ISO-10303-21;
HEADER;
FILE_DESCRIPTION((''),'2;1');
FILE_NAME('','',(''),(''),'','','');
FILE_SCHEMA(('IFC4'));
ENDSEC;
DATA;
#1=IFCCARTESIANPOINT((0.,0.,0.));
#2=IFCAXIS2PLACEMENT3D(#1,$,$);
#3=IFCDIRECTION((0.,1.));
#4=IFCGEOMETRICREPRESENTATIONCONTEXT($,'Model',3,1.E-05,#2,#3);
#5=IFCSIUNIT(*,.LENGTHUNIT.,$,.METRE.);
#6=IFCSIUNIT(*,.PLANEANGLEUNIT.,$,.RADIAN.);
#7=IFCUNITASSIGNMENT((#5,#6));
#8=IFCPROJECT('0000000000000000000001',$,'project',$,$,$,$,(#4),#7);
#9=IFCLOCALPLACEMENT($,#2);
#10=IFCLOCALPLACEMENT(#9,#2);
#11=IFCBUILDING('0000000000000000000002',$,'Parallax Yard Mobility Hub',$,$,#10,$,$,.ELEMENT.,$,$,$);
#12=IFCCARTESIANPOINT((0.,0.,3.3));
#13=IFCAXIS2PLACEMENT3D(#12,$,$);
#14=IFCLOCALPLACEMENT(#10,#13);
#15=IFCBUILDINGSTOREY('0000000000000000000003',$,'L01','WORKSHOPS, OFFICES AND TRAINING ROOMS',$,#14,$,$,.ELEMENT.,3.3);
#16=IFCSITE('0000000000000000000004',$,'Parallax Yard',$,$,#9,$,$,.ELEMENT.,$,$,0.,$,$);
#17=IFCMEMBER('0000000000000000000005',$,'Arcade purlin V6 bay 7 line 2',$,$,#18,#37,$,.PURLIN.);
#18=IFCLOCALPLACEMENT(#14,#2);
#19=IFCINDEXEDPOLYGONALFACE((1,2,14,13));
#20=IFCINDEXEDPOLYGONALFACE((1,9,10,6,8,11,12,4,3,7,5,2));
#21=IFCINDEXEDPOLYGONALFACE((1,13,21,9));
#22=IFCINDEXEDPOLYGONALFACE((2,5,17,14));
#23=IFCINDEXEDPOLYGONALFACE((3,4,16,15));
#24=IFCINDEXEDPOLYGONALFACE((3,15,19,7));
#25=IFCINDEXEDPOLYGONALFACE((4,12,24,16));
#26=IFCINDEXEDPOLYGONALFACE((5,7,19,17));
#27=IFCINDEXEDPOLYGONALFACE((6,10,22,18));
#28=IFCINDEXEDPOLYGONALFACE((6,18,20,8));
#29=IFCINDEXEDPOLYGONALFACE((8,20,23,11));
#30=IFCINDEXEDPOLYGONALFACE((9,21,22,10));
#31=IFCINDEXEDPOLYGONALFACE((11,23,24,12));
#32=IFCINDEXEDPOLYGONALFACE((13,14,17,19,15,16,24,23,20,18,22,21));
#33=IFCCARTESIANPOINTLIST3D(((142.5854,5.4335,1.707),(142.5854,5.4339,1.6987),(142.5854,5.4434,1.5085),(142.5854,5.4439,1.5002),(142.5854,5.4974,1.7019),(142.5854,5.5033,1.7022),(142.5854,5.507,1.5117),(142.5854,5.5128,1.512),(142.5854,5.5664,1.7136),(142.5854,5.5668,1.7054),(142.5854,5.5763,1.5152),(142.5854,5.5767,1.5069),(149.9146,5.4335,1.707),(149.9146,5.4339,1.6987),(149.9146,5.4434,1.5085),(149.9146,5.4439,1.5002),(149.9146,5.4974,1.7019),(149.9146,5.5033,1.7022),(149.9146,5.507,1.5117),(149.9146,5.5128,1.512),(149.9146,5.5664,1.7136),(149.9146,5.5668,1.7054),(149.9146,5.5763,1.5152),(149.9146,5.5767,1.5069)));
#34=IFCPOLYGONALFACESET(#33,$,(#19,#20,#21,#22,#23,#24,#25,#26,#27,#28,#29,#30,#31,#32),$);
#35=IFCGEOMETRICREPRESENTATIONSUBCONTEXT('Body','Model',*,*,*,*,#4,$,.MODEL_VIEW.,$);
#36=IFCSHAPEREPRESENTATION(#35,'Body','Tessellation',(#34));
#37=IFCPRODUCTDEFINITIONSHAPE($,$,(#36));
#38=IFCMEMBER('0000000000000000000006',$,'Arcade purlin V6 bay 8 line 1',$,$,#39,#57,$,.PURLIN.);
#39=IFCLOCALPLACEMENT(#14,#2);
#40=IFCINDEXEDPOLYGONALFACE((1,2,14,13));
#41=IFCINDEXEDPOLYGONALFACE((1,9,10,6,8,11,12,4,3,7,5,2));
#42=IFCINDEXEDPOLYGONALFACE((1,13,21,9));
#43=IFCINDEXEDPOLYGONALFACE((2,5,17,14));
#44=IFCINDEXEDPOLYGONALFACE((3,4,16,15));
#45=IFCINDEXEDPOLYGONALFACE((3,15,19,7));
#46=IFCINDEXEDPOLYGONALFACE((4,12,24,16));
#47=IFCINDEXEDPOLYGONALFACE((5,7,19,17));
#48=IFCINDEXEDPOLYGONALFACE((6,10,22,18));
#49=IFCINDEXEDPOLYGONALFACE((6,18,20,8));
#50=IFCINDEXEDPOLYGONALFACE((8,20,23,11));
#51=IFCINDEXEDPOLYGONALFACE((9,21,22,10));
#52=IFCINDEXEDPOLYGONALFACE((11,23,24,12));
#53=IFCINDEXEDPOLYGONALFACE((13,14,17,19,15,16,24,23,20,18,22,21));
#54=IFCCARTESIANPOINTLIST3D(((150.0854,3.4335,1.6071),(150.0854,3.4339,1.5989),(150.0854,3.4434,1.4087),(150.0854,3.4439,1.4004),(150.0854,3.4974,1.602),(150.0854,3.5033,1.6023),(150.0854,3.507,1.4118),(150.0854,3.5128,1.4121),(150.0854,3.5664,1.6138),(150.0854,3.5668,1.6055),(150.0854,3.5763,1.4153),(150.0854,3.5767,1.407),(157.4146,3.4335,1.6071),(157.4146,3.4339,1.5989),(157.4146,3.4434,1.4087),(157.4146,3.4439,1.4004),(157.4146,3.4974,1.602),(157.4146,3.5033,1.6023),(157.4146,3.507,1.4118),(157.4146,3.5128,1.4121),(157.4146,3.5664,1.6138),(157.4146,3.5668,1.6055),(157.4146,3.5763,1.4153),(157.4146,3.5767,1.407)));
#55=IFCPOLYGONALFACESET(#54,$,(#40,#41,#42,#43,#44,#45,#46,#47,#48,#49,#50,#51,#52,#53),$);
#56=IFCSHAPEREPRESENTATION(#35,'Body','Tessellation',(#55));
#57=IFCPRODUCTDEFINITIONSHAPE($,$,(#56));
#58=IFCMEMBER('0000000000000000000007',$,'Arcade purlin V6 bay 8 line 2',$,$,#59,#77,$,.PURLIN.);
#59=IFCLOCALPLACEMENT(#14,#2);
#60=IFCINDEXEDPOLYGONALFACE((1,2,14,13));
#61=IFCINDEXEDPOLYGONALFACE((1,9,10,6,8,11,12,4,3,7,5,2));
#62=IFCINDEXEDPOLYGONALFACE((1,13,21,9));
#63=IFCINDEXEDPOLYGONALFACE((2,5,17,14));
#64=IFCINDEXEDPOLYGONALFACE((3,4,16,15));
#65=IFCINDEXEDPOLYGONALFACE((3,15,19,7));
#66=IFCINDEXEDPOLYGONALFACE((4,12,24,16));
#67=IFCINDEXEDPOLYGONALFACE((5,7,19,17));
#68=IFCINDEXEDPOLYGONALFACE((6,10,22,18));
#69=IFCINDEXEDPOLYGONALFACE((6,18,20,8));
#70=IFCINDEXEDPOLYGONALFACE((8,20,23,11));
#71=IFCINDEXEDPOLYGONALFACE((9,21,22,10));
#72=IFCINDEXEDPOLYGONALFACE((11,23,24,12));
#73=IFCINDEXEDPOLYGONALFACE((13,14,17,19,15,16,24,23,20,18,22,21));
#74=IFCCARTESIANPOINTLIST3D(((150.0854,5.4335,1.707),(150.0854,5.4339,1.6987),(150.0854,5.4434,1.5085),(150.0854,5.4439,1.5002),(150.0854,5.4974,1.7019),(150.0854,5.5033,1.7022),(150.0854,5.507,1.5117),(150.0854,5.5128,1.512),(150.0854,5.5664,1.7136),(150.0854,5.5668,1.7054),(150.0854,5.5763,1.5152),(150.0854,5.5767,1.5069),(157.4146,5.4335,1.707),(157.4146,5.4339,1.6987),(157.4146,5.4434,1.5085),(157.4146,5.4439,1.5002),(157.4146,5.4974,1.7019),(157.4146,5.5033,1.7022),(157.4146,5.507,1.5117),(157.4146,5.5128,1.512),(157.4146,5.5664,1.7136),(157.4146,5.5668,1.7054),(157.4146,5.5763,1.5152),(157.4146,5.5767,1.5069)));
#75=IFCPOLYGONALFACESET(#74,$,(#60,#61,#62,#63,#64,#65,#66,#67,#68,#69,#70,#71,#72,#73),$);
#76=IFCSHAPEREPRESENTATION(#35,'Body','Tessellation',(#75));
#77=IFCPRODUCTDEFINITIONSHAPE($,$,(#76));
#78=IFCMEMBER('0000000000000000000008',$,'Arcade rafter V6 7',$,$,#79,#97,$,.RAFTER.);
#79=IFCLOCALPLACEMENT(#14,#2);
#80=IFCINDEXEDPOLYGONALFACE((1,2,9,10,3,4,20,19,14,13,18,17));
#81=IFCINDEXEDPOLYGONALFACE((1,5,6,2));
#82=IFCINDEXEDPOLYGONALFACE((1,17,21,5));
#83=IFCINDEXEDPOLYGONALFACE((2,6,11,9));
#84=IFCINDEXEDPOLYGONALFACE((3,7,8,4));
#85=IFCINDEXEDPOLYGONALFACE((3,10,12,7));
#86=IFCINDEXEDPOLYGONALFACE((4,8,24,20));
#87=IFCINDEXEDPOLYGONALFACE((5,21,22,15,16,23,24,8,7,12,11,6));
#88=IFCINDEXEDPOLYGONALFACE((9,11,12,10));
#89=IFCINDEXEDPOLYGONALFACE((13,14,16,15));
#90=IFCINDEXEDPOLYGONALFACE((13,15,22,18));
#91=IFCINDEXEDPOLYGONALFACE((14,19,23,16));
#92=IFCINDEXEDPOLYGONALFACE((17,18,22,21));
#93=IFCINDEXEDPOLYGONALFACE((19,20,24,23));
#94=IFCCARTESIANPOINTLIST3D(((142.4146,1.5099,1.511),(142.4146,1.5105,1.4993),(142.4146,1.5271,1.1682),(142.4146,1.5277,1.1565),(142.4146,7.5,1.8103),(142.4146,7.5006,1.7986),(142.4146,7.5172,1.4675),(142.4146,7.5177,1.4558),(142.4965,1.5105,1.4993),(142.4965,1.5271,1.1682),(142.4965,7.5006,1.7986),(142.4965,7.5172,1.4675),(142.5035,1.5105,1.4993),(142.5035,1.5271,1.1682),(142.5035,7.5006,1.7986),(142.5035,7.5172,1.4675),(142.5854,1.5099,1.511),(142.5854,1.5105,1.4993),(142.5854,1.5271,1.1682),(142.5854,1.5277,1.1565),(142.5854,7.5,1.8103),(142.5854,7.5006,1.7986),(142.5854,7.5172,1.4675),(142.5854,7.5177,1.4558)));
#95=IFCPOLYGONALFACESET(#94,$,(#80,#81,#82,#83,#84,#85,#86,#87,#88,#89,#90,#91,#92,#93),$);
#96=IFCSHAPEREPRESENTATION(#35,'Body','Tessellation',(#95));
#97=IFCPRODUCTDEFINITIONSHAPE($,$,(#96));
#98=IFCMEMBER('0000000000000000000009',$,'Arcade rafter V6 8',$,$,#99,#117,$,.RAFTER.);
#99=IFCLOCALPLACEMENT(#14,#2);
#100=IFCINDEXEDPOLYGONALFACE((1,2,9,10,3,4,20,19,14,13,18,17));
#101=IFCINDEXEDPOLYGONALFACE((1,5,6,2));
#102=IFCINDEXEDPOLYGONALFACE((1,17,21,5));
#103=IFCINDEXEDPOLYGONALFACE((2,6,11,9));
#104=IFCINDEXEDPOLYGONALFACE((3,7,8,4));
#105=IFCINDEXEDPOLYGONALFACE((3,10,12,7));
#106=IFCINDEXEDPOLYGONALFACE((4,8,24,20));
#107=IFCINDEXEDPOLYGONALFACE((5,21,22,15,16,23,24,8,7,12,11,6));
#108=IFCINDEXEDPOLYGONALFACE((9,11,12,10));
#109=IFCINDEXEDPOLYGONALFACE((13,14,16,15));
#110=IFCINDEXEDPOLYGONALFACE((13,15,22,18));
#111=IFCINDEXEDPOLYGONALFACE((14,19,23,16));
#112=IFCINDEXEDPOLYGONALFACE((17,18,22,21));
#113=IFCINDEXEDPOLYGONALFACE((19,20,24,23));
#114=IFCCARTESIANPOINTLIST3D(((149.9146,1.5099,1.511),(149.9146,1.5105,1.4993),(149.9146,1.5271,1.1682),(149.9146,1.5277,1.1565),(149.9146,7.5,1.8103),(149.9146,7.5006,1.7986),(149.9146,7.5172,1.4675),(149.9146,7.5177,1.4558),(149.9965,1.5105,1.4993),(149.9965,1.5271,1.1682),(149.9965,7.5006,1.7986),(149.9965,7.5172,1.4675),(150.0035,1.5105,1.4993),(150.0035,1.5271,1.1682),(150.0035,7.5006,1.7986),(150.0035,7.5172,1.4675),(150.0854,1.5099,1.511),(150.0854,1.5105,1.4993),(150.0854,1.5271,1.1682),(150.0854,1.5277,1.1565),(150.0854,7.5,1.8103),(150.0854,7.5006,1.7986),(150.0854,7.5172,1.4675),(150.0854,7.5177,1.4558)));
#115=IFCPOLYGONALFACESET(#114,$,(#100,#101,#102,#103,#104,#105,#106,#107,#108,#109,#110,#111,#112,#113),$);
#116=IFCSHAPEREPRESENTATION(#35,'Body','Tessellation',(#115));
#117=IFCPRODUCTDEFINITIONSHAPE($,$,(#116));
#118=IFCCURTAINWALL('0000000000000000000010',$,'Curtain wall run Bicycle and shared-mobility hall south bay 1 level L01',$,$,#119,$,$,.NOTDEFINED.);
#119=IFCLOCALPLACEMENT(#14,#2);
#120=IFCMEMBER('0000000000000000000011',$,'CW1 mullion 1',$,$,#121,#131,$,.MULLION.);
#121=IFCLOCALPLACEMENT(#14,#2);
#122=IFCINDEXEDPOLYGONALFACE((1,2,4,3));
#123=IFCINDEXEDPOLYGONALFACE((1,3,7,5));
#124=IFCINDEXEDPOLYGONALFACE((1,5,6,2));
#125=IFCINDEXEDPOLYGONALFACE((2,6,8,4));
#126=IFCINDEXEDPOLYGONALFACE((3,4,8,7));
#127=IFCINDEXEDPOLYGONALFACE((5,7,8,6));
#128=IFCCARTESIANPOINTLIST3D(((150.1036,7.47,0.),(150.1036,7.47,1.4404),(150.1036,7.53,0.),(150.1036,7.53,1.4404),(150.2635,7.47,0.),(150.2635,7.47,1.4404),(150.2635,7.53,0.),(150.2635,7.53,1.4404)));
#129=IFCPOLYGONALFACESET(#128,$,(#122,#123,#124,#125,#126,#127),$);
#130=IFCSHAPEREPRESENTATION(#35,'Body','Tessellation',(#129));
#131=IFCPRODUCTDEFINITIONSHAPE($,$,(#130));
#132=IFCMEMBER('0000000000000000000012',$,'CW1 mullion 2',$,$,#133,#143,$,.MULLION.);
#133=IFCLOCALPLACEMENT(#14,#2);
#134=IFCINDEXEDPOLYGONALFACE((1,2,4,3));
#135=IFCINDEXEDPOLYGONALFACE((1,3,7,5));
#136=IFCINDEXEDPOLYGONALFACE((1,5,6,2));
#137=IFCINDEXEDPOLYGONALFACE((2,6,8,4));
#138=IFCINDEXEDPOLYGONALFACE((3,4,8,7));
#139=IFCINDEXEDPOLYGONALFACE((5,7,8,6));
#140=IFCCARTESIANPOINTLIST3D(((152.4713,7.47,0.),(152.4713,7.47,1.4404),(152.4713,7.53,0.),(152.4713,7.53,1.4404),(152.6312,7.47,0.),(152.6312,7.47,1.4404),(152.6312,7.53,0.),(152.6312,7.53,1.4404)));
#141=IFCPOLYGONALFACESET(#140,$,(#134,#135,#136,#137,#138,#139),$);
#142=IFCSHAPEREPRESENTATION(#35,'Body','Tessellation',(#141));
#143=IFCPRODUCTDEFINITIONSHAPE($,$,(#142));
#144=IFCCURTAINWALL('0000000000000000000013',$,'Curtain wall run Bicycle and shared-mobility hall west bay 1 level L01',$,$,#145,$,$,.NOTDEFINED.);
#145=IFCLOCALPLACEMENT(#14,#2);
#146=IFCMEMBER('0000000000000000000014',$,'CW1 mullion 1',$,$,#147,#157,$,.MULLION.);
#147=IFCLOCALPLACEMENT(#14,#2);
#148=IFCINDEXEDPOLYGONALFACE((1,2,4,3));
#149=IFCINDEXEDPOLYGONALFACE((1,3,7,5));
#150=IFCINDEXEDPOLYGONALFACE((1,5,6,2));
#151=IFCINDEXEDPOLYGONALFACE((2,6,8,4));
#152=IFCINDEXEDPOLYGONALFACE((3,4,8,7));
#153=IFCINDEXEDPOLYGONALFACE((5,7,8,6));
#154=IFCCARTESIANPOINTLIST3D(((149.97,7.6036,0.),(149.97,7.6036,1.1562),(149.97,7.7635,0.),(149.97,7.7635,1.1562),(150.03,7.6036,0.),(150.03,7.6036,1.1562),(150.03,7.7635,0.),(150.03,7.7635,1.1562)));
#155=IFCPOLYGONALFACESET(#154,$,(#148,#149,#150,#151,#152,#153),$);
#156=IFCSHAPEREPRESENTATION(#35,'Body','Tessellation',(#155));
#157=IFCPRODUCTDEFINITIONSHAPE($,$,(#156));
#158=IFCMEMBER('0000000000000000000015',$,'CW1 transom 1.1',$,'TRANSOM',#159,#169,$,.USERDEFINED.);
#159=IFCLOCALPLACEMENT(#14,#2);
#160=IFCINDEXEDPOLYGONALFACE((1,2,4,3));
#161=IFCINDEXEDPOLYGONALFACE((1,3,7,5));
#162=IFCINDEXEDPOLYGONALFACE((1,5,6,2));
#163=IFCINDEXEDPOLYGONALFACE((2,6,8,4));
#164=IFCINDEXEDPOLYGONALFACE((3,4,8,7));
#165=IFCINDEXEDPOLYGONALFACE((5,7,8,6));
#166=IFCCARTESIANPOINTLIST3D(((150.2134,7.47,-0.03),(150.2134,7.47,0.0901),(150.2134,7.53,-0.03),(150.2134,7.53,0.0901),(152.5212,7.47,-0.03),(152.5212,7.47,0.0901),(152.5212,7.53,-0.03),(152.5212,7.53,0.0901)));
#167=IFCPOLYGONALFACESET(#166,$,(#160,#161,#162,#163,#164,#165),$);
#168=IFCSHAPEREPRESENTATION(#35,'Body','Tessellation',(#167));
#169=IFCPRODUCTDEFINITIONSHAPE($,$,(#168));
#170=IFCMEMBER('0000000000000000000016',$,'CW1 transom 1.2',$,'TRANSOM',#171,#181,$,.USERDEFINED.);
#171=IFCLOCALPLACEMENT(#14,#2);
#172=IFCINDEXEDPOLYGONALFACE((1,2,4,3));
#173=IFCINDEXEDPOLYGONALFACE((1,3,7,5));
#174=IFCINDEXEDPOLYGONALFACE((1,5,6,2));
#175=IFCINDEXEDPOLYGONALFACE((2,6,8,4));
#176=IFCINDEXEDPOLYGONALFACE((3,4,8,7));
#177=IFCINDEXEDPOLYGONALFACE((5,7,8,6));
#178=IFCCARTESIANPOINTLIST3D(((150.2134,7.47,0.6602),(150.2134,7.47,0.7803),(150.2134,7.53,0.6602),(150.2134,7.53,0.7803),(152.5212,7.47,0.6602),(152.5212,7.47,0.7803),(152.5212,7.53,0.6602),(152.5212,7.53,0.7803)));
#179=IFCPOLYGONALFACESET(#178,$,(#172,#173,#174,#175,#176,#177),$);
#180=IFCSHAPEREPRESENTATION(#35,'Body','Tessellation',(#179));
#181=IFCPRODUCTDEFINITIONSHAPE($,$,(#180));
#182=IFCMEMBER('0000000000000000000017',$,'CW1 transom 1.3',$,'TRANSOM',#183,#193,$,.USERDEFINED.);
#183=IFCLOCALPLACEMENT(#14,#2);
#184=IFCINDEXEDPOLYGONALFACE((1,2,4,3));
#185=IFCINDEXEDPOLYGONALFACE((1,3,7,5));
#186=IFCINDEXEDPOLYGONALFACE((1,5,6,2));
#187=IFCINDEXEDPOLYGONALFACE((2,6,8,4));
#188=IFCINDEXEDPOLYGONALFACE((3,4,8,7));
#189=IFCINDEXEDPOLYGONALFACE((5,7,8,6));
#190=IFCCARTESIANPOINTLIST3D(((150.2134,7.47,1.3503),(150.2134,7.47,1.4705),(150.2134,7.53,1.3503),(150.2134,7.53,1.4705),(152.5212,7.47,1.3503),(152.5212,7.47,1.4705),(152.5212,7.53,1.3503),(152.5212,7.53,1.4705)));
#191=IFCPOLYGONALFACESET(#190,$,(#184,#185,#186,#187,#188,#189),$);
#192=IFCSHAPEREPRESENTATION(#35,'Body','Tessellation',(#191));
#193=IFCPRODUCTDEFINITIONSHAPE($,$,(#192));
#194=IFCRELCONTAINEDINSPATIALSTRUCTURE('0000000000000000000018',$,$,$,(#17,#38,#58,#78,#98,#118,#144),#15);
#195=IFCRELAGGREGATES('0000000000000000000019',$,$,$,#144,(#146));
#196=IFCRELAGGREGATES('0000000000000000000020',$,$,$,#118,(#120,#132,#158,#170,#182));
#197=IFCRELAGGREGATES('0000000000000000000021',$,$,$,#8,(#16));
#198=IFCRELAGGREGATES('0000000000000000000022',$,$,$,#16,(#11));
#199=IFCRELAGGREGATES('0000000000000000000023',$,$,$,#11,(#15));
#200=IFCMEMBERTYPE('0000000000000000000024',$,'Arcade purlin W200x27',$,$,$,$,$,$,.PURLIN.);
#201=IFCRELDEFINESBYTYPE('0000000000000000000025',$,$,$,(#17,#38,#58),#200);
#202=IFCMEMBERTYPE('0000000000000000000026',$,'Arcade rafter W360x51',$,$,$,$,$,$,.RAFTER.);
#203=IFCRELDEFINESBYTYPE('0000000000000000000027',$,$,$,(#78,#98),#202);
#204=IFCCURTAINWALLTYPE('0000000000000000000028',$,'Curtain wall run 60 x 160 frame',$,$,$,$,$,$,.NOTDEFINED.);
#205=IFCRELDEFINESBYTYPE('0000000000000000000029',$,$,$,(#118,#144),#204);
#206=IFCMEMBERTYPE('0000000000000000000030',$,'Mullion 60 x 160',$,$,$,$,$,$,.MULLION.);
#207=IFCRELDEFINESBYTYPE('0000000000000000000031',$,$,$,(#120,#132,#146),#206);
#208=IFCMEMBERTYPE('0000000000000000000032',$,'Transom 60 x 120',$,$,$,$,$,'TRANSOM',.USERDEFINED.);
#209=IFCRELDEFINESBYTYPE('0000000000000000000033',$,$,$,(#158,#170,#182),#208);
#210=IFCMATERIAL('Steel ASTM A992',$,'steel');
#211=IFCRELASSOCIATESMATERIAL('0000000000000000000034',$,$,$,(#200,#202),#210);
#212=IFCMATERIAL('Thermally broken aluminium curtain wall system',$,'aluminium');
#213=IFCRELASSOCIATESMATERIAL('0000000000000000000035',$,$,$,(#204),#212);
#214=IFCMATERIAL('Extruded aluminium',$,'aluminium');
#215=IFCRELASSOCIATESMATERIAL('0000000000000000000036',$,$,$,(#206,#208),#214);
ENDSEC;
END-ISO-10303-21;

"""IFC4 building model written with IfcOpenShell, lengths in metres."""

from ifc_helpers import new_model, si_unit, direction, frame, origin, origin_2d, place, context, subcontext, project, spatial, rectangle, i_section, extrude, material, material_profile, profile_set, type_object, element, aggregate, save


model = new_model("IFC4")

# Units and contexts
model_context = context("Model", 3, precision=1e-05, world=origin(), true_north=direction((0.0, 1.0)))
body_context = subcontext(model_context, "Body", "Model", "MODEL_VIEW")
ifc_project = project(units=[si_unit("LENGTHUNIT", "METRE"), si_unit("PLANEANGLEUNIT", "RADIAN")], contexts=[model_context])

# Site, building, storey
site_placement = place(None, origin())
site = spatial("IfcSite", under=ifc_project, at=site_placement, Name="Parallax Yard", CompositionType="ELEMENT", RefElevation=0.0)
building_placement = place(site_placement, origin())
building = spatial("IfcBuilding", under=site, at=building_placement, Name="Parallax Yard Mobility Hub", CompositionType="ELEMENT")
storey_placement = place(building_placement, frame((0.0, 0.0, 3.3)))
storey = spatial("IfcBuildingStorey", under=building, at=storey_placement, Name="L01", Description="WORKSHOPS, OFFICES AND TRAINING ROOMS", CompositionType="ELEMENT", Elevation=3.3)

# Shared definitions
ifc_material_1 = material(Name="Steel ASTM A992", Category="steel")

# Members
ifc_material_profile_1 = material_profile(ifc_material_1, i_section(OverallWidth=0.1331, OverallDepth=0.207, WebThickness=0.0059, FlangeThickness=0.0083, at=origin_2d()), Name="W200x27")
ifc_profile_set_1 = profile_set([ifc_material_profile_1], Name="Steel ASTM A992")
member_type_1 = type_object("IfcMemberType", Name="Arcade purlin W200x27", PredefinedType="PURLIN", material=ifc_profile_set_1)
for number, where, z_axis, x_axis, name in (
    (1, (142.5854, 5.5051, 1.6069), (1.0, 0.0, 0.0), (0.0, 0.998752, 0.049938), "Arcade purlin V6 bay 7 line 2"),
    (2, (150.0854, 3.5051, 1.5071), (1.0, 0.0, 0.0), (0.0, 0.998752, 0.049938), "Arcade purlin V6 bay 8 line 1"),
    (3, (150.0854, 5.5051, 1.6069), (1.0, 0.0, 0.0), (0.0, 0.998752, 0.049938), "Arcade purlin V6 bay 8 line 2"),
):
    element("IfcMember", number, at=place(storey_placement, frame(where, z_axis=z_axis, x_axis=x_axis)), inside=storey, type_object=member_type_1, Name=name, PredefinedType="PURLIN", context=body_context, shape_type="SweptSolid", body=[
        extrude(i_section(OverallWidth=0.1331, OverallDepth=0.207, WebThickness=0.0059, FlangeThickness=0.0083, at=origin_2d()), origin(), (0.0, 0.0, 1.0), 7.3291),
    ])
ifc_material_profile_2 = material_profile(ifc_material_1, i_section(OverallWidth=0.1709, OverallDepth=0.355, WebThickness=0.0071, FlangeThickness=0.0117, at=origin_2d()), Name="W360x51")
ifc_profile_set_2 = profile_set([ifc_material_profile_2], Name="Steel ASTM A992")
member_type_2 = type_object("IfcMemberType", Name="Arcade rafter W360x51", PredefinedType="RAFTER", material=ifc_profile_set_2)
for number, where, z_axis, x_axis, name in (
    (4, (142.5, 1.5188, 1.3337), (0.0, 0.998754, 0.049907), (-1.0, 0.0, 0.0), "Arcade rafter V6 7"),
    (5, (150.0, 1.5188, 1.3337), (0.0, 0.998754, 0.049907), (-1.0, 0.0, 0.0), "Arcade rafter V6 8"),
):
    element("IfcMember", number, at=place(storey_placement, frame(where, z_axis=z_axis, x_axis=x_axis)), inside=storey, type_object=member_type_2, Name=name, PredefinedType="RAFTER", context=body_context, shape_type="SweptSolid", body=[
        extrude(i_section(OverallWidth=0.1709, OverallDepth=0.355, WebThickness=0.0071, FlangeThickness=0.0117, at=origin_2d()), origin(), (0.0, 0.0, 1.0), 5.9976),
    ])

# Curtain wall, members
ifc_material_2 = material(Name="Thermally broken aluminium curtain wall system", Category="aluminium")
curtain_wall_type = type_object("IfcCurtainWallType", Name="Curtain wall run 60 x 160 frame", PredefinedType="NOTDEFINED", material=ifc_material_2)
curtain_wall_1_placement = place(storey_placement, origin())
curtain_wall_1 = element("IfcCurtainWall", 6, at=curtain_wall_1_placement, inside=storey, type_object=curtain_wall_type, Name="Curtain wall run Bicycle and shared-mobility hall south bay 1 level L01", PredefinedType="NOTDEFINED")
ifc_material_3 = material(Name="Extruded aluminium", Category="aluminium")
ifc_material_profile_3 = material_profile(ifc_material_3, rectangle(XDim=0.0601, YDim=0.1599, at=origin_2d()), Name="Mullion 60 x 160")
ifc_profile_set_3 = profile_set([ifc_material_profile_3], Name="Extruded aluminium")
member_type_3 = type_object("IfcMemberType", Name="Mullion 60 x 160", PredefinedType="MULLION", material=ifc_profile_set_3)
member_1_placement = place(storey_placement, frame((150.1836, 7.5, 0.0), z_axis=(0.0, 0.0, 1.0), x_axis=(0.0, 1.0, 0.0)))
member_1 = element("IfcMember", 7, at=member_1_placement, type_object=member_type_3, Name="CW1 mullion 1", PredefinedType="MULLION", context=body_context, shape_type="SweptSolid", body=[
    extrude(rectangle(XDim=0.0601, YDim=0.1599, at=origin_2d()), origin(), (0.0, 0.0, 1.0), 1.4404),
])
member_2_placement = place(storey_placement, frame((152.5513, 7.5, 0.0), z_axis=(0.0, 0.0, 1.0), x_axis=(0.0, 1.0, 0.0)))
member_2 = element("IfcMember", 8, at=member_2_placement, type_object=member_type_3, Name="CW1 mullion 2", PredefinedType="MULLION", context=body_context, shape_type="SweptSolid", body=[
    extrude(rectangle(XDim=0.0601, YDim=0.1599, at=origin_2d()), origin(), (0.0, 0.0, 1.0), 1.4404),
])

# Curtain wall, member
curtain_wall_2_placement = place(storey_placement, origin())
curtain_wall_2 = element("IfcCurtainWall", 9, at=curtain_wall_2_placement, inside=storey, type_object=curtain_wall_type, Name="Curtain wall run Bicycle and shared-mobility hall west bay 1 level L01", PredefinedType="NOTDEFINED")
member_3_placement = place(storey_placement, frame((150.0, 7.6836, 0.0), z_axis=(0.0, 0.0, 1.0), x_axis=(-1.0, 0.0, 0.0)))
member_3 = element("IfcMember", 10, at=member_3_placement, type_object=member_type_3, Name="CW1 mullion 1", PredefinedType="MULLION", context=body_context, shape_type="SweptSolid", body=[
    extrude(rectangle(XDim=0.0601, YDim=0.1599, at=origin_2d()), origin(), (0.0, 0.0, 1.0), 1.1562),
])

# Members
ifc_material_profile_4 = material_profile(ifc_material_3, rectangle(XDim=0.0601, YDim=0.1201, at=origin_2d()), Name="Transom 60 x 120")
ifc_profile_set_4 = profile_set([ifc_material_profile_4], Name="Extruded aluminium")
member_type_4 = type_object("IfcMemberType", Name="Transom 60 x 120", ElementType="TRANSOM", PredefinedType="USERDEFINED", material=ifc_profile_set_4)
member_4_placement = place(storey_placement, frame((150.2134, 7.5, 0.03), z_axis=(1.0, 0.0, 0.0), x_axis=(0.0, 1.0, 0.0)))
member_4 = element("IfcMember", 11, at=member_4_placement, type_object=member_type_4, Name="CW1 transom 1.1", ObjectType="TRANSOM", PredefinedType="USERDEFINED", context=body_context, shape_type="SweptSolid", body=[
    extrude(rectangle(XDim=0.0601, YDim=0.1201, at=origin_2d()), origin(), (0.0, 0.0, 1.0), 2.3079),
])
member_5_placement = place(storey_placement, frame((150.2134, 7.5, 0.7202), z_axis=(1.0, 0.0, 0.0), x_axis=(0.0, 1.0, 0.0)))
member_5 = element("IfcMember", 12, at=member_5_placement, type_object=member_type_4, Name="CW1 transom 1.2", ObjectType="TRANSOM", PredefinedType="USERDEFINED", context=body_context, shape_type="SweptSolid", body=[
    extrude(rectangle(XDim=0.0601, YDim=0.1201, at=origin_2d()), origin(), (0.0, 0.0, 1.0), 2.3079),
])
member_6_placement = place(storey_placement, frame((150.2134, 7.5, 1.4104), z_axis=(1.0, 0.0, 0.0), x_axis=(0.0, 1.0, 0.0)))
member_6 = element("IfcMember", 13, at=member_6_placement, type_object=member_type_4, Name="CW1 transom 1.3", ObjectType="TRANSOM", PredefinedType="USERDEFINED", context=body_context, shape_type="SweptSolid", body=[
    extrude(rectangle(XDim=0.0601, YDim=0.1201, at=origin_2d()), origin(), (0.0, 0.0, 1.0), 2.3079),
])
aggregate(curtain_wall_2, [member_3])

aggregate(curtain_wall_1, [member_1, member_2, member_4, member_5, member_6])

save(model, "model.ifc")
